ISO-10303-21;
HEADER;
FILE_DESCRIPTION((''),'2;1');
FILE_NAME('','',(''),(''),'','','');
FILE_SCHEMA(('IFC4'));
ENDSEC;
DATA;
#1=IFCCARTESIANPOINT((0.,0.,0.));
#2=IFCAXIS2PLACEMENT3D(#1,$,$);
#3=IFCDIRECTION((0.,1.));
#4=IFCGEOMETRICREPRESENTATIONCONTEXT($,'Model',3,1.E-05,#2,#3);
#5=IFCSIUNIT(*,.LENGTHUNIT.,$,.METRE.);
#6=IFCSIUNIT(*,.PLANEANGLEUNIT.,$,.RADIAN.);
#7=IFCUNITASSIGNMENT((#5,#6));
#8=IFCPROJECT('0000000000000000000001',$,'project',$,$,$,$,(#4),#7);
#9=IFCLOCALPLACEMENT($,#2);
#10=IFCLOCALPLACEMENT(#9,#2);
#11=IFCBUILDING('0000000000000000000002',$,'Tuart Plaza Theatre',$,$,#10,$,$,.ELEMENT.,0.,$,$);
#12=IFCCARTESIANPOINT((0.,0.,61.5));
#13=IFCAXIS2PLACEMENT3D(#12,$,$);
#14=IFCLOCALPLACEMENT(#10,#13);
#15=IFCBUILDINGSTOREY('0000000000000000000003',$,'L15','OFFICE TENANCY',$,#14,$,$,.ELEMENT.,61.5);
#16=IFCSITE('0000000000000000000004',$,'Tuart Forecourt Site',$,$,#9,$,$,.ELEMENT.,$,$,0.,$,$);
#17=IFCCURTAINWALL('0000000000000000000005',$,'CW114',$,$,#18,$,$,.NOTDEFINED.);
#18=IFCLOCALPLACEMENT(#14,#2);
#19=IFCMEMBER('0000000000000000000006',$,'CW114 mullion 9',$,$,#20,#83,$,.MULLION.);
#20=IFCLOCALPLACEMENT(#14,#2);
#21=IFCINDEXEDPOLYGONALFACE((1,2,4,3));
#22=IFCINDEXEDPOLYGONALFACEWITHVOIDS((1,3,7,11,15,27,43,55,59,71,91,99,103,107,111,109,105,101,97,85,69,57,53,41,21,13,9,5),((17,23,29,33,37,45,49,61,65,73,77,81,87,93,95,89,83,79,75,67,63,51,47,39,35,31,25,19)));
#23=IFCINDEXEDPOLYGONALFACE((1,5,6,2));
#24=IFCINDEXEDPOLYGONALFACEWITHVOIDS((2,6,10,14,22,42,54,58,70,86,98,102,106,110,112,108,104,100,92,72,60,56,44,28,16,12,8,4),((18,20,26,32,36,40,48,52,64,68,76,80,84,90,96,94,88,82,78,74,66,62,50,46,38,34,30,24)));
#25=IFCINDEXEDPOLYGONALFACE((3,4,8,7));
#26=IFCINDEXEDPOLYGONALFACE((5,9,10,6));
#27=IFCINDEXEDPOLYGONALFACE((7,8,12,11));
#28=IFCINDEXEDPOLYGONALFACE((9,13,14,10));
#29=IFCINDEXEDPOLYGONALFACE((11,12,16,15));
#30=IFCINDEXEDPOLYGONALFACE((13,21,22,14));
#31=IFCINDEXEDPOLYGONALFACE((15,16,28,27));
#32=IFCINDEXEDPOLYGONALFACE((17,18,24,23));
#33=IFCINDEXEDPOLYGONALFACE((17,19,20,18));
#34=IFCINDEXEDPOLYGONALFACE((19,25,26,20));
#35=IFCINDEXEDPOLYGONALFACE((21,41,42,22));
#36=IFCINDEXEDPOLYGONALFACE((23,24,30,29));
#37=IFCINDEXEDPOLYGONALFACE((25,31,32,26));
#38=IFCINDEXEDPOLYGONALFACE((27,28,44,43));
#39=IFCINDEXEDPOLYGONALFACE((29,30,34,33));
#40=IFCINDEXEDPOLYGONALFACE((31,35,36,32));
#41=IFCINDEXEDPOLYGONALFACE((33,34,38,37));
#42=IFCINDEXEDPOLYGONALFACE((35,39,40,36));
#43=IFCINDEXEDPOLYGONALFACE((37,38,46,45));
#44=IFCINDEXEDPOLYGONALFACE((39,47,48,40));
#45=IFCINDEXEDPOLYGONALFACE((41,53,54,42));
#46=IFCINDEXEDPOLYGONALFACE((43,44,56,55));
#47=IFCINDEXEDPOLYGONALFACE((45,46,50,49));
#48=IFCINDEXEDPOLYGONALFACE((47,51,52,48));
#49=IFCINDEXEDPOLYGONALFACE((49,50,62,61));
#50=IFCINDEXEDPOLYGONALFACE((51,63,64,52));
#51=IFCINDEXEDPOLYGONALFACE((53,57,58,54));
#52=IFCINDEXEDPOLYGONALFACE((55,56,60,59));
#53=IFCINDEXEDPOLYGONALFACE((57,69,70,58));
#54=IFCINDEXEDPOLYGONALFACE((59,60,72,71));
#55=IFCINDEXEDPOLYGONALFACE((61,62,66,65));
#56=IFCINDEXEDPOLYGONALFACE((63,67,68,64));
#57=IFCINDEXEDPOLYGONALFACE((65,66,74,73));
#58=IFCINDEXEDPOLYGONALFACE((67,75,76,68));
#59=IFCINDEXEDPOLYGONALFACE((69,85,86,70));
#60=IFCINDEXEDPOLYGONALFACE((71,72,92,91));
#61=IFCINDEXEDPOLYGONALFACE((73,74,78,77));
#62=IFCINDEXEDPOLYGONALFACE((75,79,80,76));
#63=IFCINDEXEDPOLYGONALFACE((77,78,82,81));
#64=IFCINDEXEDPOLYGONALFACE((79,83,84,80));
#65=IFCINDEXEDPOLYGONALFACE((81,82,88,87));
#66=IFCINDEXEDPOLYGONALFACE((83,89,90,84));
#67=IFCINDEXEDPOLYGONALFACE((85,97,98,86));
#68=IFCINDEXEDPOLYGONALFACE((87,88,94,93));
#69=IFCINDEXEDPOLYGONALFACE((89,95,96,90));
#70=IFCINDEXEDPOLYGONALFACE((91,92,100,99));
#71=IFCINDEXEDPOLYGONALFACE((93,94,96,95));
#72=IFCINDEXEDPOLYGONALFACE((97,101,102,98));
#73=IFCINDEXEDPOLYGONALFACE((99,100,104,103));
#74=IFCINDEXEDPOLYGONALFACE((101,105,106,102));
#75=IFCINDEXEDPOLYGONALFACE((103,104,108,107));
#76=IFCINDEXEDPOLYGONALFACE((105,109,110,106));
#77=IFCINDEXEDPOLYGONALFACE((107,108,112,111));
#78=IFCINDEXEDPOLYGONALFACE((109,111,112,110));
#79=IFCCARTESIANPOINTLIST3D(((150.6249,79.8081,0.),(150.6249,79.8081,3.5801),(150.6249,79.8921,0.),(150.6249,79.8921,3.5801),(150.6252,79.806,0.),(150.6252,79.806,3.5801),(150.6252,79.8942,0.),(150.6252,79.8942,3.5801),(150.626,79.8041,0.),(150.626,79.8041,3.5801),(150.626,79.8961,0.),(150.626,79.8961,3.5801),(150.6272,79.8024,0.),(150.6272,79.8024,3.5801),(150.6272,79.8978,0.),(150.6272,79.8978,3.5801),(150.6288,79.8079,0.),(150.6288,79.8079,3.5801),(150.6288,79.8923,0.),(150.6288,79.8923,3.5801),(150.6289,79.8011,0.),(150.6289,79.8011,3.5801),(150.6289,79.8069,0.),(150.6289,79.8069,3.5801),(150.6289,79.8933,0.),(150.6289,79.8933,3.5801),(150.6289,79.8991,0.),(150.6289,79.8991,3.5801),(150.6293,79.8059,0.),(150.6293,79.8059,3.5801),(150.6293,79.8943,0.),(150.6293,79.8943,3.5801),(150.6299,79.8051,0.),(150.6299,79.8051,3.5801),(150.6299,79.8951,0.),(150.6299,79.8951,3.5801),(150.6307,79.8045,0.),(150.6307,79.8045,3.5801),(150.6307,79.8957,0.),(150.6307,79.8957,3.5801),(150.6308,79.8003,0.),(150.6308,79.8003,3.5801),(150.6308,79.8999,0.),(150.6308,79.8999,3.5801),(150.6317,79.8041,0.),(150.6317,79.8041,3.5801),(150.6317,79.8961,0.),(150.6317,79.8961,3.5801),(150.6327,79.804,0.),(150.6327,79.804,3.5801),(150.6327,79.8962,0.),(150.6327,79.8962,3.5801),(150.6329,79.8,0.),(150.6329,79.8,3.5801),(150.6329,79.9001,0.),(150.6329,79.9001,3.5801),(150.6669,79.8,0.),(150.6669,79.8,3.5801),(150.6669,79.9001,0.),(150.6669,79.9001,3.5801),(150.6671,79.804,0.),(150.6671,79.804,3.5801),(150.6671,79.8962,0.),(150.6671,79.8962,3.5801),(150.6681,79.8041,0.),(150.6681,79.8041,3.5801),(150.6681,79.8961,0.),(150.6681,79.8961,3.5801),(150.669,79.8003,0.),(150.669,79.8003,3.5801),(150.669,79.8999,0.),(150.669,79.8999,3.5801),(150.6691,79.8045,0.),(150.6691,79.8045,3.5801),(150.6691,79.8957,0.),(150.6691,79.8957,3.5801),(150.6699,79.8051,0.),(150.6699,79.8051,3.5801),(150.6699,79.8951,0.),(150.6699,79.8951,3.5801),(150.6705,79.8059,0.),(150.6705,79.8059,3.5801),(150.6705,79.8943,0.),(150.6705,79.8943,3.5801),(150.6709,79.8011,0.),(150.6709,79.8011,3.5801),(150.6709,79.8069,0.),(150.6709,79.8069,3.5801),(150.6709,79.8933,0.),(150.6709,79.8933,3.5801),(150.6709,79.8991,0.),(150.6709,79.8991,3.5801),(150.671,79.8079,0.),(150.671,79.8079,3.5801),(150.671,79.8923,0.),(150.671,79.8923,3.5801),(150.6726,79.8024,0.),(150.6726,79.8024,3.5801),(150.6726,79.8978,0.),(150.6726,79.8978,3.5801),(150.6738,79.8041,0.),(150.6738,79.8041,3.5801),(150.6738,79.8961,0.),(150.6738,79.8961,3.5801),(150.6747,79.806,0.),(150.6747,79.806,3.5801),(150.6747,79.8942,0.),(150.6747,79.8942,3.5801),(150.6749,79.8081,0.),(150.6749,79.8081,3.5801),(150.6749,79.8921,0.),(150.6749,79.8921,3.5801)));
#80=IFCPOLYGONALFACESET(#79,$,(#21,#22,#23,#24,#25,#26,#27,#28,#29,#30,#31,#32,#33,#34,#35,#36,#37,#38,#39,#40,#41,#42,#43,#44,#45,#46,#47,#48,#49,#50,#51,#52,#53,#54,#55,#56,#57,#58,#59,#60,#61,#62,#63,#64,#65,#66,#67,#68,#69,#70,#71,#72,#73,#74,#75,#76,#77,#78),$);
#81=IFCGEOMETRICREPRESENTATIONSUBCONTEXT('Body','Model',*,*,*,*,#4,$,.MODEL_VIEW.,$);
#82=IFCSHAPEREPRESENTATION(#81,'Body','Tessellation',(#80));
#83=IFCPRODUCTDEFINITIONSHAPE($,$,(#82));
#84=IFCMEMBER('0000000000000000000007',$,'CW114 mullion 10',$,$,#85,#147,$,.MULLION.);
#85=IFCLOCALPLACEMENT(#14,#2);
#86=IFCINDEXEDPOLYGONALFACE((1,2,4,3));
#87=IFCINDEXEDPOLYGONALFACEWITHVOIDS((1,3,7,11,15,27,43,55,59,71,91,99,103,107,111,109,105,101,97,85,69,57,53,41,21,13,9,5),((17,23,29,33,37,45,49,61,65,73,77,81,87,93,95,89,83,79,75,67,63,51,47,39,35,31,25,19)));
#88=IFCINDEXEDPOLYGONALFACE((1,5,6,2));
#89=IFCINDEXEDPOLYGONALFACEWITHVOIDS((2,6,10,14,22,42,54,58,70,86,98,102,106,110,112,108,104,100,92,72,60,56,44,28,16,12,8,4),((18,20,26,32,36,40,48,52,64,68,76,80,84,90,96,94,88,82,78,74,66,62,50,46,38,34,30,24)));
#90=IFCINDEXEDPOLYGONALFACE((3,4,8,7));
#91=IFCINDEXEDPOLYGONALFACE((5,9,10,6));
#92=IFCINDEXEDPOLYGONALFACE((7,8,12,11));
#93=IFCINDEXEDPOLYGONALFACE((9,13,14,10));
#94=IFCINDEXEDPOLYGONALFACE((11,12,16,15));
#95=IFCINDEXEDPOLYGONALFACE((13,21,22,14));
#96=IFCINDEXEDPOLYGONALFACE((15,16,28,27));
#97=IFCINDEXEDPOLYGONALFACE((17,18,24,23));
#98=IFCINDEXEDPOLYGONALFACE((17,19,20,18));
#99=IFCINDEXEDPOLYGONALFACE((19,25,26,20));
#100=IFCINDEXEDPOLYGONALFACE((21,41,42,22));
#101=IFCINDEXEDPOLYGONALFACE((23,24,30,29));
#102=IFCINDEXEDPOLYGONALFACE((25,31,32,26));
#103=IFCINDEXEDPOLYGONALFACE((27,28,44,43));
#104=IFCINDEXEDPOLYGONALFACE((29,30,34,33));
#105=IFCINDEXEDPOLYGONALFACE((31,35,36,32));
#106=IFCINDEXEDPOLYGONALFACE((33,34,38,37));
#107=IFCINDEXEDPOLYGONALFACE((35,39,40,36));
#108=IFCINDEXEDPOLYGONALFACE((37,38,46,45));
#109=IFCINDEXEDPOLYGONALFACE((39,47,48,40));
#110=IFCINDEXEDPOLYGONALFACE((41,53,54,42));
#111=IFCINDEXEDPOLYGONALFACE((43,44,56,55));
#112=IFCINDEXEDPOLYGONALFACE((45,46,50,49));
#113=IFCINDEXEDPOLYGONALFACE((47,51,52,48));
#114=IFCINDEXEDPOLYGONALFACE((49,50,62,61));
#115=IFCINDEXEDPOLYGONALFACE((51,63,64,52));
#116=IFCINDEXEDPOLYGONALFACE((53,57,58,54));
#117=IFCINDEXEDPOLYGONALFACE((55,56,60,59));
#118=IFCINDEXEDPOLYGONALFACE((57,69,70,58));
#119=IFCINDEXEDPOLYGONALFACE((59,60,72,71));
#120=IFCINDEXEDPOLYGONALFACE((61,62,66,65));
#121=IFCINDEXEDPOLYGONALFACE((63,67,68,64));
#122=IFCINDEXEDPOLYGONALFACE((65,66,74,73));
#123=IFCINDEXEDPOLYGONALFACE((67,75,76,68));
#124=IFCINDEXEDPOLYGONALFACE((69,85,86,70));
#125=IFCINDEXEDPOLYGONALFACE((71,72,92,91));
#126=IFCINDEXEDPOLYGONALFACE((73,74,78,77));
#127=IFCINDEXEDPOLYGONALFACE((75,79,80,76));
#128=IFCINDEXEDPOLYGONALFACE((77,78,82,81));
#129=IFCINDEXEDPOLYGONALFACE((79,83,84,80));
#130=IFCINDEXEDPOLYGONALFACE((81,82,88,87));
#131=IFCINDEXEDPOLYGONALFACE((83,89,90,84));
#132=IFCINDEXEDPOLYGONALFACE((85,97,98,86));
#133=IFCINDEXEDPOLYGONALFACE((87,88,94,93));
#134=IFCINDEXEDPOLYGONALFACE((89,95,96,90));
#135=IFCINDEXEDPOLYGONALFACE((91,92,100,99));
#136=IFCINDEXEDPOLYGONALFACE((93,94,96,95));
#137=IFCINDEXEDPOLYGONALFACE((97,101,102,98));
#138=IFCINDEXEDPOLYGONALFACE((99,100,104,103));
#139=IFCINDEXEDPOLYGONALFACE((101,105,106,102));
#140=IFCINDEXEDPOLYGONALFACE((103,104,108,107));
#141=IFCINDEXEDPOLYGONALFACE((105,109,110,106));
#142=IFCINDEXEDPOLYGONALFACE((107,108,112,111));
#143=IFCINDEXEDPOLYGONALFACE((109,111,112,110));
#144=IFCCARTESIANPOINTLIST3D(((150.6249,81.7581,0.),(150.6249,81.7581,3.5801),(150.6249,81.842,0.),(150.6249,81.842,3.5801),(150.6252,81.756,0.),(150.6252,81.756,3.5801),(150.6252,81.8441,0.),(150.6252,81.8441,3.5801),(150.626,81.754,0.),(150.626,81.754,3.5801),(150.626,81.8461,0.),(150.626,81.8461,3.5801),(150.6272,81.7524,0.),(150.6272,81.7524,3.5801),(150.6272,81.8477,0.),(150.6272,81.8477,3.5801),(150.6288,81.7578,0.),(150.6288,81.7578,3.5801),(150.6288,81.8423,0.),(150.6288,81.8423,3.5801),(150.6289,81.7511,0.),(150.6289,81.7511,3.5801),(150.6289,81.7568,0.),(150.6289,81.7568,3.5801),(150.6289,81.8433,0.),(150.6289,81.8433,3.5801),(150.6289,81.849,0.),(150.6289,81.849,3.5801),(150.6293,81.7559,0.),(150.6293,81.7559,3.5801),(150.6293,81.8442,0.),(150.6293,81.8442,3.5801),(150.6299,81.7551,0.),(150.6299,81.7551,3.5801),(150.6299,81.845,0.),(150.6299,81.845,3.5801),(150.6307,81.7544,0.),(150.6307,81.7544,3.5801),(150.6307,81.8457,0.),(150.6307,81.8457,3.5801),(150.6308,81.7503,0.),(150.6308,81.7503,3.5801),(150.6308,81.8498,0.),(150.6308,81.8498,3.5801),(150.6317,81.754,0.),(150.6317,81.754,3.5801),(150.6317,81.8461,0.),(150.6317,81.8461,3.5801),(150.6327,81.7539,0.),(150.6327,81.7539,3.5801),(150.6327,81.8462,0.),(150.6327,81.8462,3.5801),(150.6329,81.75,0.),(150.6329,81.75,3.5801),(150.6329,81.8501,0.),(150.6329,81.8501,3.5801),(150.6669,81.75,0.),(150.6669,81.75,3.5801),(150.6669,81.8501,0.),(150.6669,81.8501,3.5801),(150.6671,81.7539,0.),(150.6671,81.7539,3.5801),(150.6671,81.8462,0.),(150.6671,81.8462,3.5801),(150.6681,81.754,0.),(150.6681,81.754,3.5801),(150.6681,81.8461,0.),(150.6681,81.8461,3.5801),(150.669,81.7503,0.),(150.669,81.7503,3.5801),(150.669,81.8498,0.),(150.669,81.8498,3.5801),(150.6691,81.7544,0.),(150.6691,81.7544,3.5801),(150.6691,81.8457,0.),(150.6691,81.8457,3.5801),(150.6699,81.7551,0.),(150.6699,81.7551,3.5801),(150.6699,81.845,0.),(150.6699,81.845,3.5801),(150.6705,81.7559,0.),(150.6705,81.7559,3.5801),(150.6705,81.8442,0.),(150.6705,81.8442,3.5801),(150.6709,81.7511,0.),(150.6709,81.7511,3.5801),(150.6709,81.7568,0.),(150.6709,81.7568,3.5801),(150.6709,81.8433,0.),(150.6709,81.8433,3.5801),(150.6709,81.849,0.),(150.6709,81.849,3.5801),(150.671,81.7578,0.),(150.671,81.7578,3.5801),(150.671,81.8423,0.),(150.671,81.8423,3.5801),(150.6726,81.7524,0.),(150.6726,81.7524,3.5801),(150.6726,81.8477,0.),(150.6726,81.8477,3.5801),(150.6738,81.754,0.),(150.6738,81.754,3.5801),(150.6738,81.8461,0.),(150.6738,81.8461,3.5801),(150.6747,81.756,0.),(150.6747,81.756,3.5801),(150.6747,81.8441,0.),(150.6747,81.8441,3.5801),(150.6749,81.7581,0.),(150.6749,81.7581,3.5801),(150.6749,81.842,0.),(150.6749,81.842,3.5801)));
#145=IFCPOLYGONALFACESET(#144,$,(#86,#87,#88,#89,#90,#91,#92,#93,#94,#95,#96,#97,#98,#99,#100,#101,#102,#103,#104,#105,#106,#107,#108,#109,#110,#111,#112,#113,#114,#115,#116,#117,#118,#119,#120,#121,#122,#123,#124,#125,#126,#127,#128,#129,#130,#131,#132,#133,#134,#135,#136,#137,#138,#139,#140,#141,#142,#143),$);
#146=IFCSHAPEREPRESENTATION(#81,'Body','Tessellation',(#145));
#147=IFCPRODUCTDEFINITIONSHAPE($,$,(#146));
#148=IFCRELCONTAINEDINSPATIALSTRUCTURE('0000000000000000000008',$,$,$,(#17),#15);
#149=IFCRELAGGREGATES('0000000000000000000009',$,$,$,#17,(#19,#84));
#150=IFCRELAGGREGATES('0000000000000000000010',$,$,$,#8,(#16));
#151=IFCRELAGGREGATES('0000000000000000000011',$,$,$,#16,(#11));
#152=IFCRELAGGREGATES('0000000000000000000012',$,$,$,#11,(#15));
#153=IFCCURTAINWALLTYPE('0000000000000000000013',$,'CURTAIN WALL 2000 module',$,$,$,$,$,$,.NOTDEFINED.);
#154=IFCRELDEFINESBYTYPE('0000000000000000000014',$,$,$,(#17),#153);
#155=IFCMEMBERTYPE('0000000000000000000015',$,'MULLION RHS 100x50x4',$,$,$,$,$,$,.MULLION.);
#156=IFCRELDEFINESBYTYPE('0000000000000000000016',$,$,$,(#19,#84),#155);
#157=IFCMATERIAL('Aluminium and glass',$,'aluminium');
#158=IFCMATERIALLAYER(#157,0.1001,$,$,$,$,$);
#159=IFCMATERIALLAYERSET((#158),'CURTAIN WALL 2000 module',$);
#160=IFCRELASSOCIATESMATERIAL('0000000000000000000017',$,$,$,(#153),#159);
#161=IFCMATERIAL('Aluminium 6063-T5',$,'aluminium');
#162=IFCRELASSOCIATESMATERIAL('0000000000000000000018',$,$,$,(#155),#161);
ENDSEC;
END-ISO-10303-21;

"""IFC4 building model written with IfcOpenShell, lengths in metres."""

from ifc_helpers import new_model, si_unit, direction, frame, origin, origin_2d, place, context, subcontext, project, spatial, hollow_rectangle, extrude, material, layer, layer_set, material_profile, profile_set, type_object, element, aggregate, save


model = new_model("IFC4")

# Units and contexts
model_context = context("Model", 3, precision=1e-05, world=origin(), true_north=direction((0.0, 1.0)))
body_context = subcontext(model_context, "Body", "Model", "MODEL_VIEW")
ifc_project = project(units=[si_unit("LENGTHUNIT", "METRE"), si_unit("PLANEANGLEUNIT", "RADIAN")], contexts=[model_context])

# Site, building, storey
site_placement = place(None, origin())
site = spatial("IfcSite", under=ifc_project, at=site_placement, Name="Tuart Forecourt Site", CompositionType="ELEMENT", RefElevation=0.0)
building_placement = place(site_placement, origin())
building = spatial("IfcBuilding", under=site, at=building_placement, Name="Tuart Plaza Theatre", CompositionType="ELEMENT", ElevationOfRefHeight=0.0)
storey_placement = place(building_placement, frame((0.0, 0.0, 61.5)))
storey = spatial("IfcBuildingStorey", under=building, at=storey_placement, Name="L15", Description="OFFICE TENANCY", CompositionType="ELEMENT", Elevation=61.5)

# Curtain wall, members
ifc_material_1 = material(Name="Aluminium and glass", Category="aluminium")
ifc_layer_1 = layer(ifc_material_1, 0.1001)
ifc_layer_set_1 = layer_set([ifc_layer_1], Name="CURTAIN WALL 2000 module")
curtain_wall_type = type_object("IfcCurtainWallType", Name="CURTAIN WALL 2000 module", PredefinedType="NOTDEFINED", material=ifc_layer_set_1)
curtain_wall_placement = place(storey_placement, origin())
curtain_wall = element("IfcCurtainWall", 1, at=curtain_wall_placement, inside=storey, type_object=curtain_wall_type, Name="CW114", PredefinedType="NOTDEFINED")
ifc_material_2 = material(Name="Aluminium 6063-T5", Category="aluminium")
ifc_material_profile_1 = material_profile(ifc_material_2, hollow_rectangle(XDim=0.05, YDim=0.1001, WallThickness=0.0039, InnerFilletRadius=0.0039, OuterFilletRadius=0.0081, at=origin_2d()), Name="RHS 100x50x4")
ifc_profile_set_1 = profile_set([ifc_material_profile_1], Name="Aluminium 6063-T5")
member_type_1 = type_object("IfcMemberType", Name="MULLION RHS 100x50x4", PredefinedType="MULLION", material=ifc_profile_set_1)
member_1_placement = place(storey_placement, frame((150.6499, 79.8501, 0.0), z_axis=(0.0, 0.0, 1.0), x_axis=(-1.0, 0.0, 0.0)))
member_1 = element("IfcMember", 2, at=member_1_placement, type_object=member_type_1, Name="CW114 mullion 9", PredefinedType="MULLION", context=body_context, shape_type="SweptSolid", body=[
    extrude(hollow_rectangle(XDim=0.05, YDim=0.1001, WallThickness=0.0039, InnerFilletRadius=0.0039, OuterFilletRadius=0.0081, at=origin_2d()), origin(), (0.0, 0.0, 1.0), 3.5801),
])
member_2_placement = place(storey_placement, frame((150.6499, 81.8, 0.0), z_axis=(0.0, 0.0, 1.0), x_axis=(-1.0, 0.0, 0.0)))
member_2 = element("IfcMember", 3, at=member_2_placement, type_object=member_type_1, Name="CW114 mullion 10", PredefinedType="MULLION", context=body_context, shape_type="SweptSolid", body=[
    extrude(hollow_rectangle(XDim=0.05, YDim=0.1001, WallThickness=0.0039, InnerFilletRadius=0.0039, OuterFilletRadius=0.0081, at=origin_2d()), origin(), (0.0, 0.0, 1.0), 3.5801),
])
aggregate(curtain_wall, [member_1, member_2])

save(model, "model.ifc")
